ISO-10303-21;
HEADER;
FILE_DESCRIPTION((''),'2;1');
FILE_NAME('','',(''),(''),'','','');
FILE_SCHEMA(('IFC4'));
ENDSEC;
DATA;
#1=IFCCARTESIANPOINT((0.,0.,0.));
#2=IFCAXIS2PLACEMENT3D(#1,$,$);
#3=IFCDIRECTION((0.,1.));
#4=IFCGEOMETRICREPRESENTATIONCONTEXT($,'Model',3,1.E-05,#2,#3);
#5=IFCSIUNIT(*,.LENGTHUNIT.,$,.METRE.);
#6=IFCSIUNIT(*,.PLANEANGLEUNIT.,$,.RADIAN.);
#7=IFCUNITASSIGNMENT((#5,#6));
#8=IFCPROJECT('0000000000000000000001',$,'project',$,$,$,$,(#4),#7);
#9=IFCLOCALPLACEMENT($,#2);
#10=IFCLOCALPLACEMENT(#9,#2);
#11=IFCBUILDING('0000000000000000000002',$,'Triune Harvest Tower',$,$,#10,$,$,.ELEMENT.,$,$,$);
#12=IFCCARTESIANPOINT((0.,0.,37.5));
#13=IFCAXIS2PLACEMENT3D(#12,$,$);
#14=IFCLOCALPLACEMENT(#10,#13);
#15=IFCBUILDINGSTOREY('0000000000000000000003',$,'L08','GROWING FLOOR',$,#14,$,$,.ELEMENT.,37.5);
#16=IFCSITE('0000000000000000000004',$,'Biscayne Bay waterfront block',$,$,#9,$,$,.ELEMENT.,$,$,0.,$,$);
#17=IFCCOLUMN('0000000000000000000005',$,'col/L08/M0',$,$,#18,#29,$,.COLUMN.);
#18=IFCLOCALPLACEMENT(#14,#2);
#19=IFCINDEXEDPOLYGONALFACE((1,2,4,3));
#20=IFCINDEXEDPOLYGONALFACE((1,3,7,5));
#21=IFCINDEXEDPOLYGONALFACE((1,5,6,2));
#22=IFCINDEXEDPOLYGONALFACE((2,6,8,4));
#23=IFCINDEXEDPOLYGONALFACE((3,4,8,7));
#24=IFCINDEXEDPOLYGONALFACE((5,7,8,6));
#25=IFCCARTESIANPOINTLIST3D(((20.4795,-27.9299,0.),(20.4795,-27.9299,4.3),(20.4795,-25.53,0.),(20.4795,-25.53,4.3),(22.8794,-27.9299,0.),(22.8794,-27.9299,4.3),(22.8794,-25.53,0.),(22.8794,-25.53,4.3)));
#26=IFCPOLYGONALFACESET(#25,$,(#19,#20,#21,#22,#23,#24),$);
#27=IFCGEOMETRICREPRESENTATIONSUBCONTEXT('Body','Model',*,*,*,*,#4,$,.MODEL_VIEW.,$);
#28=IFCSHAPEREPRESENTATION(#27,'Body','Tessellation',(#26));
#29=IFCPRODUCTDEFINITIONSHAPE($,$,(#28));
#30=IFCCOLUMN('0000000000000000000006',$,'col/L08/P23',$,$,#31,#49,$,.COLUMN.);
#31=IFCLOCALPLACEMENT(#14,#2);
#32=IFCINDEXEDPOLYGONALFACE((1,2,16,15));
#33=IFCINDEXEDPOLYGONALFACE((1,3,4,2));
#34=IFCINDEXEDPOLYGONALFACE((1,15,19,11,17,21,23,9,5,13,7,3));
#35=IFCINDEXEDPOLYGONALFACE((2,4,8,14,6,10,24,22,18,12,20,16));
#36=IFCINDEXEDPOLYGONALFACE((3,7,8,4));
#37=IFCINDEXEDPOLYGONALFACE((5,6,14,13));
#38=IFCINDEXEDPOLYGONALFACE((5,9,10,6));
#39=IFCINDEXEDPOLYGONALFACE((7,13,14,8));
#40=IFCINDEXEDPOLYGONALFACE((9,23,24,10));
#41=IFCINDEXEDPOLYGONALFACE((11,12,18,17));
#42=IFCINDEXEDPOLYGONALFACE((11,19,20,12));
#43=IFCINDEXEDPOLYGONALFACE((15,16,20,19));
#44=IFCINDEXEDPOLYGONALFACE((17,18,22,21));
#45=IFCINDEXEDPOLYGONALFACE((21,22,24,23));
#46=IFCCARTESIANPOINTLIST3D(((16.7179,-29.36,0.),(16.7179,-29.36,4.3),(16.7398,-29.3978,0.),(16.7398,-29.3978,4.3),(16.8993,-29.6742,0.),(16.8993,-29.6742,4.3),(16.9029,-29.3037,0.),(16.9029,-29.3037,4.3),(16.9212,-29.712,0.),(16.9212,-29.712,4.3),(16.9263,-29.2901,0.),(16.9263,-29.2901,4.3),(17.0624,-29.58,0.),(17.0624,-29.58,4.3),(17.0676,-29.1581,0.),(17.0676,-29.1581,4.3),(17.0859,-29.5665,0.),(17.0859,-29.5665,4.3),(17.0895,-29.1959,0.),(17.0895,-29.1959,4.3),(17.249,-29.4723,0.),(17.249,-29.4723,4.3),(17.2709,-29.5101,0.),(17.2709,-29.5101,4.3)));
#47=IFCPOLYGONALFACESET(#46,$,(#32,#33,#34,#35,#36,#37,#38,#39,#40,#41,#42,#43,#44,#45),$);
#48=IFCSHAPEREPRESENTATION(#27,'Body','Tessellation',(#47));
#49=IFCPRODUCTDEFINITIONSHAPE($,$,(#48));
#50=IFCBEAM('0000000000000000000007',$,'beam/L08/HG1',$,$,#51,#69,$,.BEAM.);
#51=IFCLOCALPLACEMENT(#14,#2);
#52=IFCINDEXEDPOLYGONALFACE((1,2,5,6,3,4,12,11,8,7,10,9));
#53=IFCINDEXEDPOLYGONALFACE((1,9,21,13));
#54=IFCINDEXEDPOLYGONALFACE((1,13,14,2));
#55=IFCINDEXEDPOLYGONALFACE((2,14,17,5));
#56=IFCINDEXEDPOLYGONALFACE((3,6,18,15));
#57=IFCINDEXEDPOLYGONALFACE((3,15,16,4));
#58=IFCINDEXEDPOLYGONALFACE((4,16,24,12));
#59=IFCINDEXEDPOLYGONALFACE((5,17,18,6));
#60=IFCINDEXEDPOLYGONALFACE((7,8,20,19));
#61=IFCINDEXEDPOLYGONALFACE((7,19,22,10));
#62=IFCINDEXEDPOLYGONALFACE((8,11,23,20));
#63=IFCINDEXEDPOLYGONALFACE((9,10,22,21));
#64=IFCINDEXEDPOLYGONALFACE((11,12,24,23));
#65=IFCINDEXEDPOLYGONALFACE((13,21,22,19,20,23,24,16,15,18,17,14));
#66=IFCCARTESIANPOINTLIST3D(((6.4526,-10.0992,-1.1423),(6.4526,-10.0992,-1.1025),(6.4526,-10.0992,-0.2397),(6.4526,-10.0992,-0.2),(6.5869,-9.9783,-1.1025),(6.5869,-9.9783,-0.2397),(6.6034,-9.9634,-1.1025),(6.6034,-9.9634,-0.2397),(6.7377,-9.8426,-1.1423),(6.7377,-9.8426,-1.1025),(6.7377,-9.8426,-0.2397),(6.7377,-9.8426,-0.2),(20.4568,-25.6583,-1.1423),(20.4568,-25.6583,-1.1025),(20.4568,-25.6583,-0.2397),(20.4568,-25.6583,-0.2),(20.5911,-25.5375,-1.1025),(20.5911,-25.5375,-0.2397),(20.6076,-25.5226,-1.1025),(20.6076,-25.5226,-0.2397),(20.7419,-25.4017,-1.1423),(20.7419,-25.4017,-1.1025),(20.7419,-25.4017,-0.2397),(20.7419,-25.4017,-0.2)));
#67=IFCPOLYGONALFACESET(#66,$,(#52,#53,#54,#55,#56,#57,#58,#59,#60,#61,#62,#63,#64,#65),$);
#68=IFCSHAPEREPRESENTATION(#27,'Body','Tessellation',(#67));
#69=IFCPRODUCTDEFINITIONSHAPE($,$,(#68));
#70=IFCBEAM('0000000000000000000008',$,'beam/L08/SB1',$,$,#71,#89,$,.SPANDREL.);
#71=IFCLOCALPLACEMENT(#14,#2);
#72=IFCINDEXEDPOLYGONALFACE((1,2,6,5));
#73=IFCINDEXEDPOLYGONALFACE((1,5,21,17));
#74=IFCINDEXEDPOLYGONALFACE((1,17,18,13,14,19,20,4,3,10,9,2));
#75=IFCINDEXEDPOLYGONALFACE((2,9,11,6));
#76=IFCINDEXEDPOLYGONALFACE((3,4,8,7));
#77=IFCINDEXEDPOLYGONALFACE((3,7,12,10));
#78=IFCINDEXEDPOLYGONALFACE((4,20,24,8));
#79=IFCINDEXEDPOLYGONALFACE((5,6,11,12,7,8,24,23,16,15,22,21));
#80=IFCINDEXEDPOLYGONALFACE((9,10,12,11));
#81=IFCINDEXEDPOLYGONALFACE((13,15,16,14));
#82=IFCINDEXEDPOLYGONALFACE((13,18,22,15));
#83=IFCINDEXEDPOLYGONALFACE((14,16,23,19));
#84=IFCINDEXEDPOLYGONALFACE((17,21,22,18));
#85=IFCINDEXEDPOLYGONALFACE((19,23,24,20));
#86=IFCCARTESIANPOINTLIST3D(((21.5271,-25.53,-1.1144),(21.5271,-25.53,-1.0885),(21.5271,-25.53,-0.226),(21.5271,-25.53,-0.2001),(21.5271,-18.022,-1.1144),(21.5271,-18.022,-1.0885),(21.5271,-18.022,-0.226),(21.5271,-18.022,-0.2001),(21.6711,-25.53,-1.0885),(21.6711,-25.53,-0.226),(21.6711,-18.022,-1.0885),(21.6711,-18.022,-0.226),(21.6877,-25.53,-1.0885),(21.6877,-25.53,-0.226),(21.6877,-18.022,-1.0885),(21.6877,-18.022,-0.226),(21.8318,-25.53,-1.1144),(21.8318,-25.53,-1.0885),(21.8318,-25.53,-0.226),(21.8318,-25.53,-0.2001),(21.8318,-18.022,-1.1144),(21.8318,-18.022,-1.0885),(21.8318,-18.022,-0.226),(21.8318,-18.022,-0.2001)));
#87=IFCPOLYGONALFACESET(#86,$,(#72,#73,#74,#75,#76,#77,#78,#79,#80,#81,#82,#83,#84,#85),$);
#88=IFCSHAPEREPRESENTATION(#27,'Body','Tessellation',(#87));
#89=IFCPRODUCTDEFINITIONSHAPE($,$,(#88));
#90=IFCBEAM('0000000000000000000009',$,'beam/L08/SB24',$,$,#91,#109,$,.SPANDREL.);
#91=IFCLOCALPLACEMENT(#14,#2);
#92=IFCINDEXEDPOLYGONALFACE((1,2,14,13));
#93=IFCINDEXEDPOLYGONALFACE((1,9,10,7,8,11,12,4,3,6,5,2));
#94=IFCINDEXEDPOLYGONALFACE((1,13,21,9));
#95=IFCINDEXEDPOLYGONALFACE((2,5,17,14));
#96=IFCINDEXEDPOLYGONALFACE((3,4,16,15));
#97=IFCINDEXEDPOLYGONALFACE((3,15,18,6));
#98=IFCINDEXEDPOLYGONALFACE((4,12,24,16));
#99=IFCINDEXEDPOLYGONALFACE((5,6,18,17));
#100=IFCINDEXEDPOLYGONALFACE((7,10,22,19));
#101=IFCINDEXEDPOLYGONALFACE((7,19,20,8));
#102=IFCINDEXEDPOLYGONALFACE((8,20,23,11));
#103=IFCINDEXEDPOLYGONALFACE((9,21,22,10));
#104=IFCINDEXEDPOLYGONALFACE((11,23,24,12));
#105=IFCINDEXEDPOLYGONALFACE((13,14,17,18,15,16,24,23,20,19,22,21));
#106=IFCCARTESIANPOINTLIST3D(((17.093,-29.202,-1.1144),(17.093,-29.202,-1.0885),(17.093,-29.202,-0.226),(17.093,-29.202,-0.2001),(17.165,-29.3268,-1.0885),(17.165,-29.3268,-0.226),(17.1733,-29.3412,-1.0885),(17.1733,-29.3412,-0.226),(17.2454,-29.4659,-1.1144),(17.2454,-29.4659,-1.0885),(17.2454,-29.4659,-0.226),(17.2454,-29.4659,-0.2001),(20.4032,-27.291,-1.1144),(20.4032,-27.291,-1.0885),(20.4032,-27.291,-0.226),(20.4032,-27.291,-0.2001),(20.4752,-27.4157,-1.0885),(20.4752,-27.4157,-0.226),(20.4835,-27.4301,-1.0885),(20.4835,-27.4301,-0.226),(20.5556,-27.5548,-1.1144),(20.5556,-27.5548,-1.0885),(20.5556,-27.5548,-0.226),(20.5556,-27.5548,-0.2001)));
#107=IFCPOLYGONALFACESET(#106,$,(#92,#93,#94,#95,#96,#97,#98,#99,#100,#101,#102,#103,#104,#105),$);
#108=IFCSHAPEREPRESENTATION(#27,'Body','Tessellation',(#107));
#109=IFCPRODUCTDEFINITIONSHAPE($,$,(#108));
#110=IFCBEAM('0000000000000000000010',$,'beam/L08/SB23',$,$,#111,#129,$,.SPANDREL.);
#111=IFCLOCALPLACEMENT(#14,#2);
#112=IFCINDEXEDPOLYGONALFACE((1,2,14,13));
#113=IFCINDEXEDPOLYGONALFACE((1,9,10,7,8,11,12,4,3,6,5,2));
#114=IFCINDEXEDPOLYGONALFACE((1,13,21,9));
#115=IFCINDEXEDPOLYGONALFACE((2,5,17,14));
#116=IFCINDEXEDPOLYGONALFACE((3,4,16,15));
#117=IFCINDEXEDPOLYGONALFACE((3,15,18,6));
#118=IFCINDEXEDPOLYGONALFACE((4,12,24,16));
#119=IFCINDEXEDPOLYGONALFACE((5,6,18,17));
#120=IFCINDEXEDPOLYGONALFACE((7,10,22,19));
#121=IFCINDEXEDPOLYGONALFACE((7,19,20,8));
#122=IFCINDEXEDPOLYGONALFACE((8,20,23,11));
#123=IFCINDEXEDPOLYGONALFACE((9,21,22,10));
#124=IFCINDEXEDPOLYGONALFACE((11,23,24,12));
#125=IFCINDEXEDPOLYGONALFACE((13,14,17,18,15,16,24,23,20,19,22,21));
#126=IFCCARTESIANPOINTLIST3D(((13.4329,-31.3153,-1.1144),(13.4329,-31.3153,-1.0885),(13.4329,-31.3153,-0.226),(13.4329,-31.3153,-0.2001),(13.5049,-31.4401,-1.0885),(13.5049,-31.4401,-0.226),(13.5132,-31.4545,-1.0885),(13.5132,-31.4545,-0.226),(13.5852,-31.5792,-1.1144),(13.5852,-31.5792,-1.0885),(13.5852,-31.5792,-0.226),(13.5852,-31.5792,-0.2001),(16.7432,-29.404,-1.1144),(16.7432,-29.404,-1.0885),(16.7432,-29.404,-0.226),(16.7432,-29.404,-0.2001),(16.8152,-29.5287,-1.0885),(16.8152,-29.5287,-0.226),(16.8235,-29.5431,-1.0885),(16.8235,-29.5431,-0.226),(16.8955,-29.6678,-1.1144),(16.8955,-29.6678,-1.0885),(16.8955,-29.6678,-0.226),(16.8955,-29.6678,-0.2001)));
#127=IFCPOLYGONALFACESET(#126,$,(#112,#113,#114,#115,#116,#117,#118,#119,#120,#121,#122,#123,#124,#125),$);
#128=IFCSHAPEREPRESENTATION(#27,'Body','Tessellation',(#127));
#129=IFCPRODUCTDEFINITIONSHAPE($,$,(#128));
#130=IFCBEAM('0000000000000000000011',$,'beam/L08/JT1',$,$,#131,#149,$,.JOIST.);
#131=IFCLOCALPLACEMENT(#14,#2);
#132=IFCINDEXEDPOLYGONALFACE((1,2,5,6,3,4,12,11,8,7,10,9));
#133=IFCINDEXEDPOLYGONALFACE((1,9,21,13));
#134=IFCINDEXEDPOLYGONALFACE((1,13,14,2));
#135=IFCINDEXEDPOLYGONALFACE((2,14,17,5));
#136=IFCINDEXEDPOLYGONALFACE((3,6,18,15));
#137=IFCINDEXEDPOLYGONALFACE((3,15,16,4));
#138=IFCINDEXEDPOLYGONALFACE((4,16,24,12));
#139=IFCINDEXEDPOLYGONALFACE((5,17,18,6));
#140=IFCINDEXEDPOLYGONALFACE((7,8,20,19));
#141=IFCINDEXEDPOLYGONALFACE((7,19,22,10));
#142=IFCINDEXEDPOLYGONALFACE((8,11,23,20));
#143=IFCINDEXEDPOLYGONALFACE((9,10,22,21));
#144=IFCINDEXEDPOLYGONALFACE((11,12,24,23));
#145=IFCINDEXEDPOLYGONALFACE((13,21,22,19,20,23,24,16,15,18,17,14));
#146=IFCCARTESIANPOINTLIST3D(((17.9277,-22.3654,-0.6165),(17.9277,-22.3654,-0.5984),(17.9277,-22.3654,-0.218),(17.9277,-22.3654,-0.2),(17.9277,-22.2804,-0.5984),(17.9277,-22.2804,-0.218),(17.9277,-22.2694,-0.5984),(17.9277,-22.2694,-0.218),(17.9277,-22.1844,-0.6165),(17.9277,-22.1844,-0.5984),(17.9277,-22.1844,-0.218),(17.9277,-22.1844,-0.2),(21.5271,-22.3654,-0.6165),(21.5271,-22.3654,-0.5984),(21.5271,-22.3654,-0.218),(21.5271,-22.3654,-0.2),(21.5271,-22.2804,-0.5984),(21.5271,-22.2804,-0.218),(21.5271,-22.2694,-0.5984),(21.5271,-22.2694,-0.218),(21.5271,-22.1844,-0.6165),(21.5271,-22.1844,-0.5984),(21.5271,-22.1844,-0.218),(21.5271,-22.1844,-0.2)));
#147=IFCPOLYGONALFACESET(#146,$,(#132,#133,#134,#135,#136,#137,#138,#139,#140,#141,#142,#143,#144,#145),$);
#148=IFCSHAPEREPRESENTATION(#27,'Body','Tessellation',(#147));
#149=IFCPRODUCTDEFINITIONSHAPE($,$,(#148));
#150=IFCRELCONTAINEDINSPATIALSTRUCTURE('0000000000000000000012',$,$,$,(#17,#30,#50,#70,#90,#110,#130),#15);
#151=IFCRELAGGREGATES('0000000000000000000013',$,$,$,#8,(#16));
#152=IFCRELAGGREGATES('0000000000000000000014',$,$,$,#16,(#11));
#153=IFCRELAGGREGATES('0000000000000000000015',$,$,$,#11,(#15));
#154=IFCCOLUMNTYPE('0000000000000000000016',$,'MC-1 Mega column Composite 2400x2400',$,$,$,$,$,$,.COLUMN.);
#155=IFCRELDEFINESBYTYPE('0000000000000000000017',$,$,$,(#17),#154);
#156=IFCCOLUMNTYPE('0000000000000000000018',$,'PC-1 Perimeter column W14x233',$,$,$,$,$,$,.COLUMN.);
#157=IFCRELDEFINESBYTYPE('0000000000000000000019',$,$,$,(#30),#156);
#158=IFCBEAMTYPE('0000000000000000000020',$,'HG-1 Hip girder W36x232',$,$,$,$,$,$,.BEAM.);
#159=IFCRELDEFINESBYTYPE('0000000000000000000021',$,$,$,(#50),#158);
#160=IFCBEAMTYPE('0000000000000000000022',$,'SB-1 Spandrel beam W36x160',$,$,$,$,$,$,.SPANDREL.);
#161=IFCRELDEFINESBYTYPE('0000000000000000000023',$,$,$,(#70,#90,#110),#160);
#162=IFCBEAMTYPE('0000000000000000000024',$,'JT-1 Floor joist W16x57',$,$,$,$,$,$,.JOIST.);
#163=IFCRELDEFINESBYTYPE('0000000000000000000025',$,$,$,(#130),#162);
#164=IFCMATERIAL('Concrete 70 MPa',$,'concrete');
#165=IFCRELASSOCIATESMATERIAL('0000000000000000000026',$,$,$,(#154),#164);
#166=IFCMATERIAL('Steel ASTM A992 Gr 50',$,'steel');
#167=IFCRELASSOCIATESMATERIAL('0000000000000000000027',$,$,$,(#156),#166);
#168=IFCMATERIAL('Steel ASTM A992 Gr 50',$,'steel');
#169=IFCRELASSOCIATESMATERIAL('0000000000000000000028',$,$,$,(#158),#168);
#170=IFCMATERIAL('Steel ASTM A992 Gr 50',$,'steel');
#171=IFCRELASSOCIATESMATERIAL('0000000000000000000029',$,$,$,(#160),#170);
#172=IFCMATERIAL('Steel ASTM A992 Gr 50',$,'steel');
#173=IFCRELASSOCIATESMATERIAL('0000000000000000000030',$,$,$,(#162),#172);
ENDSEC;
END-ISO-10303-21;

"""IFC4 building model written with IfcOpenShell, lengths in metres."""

from ifc_helpers import new_model, si_unit, direction, frame, origin, origin_2d, place, context, subcontext, project, spatial, rectangle, i_section, extrude, source, transform, mapped, material, material_profile, profile_set, type_object, element, save


model = new_model("IFC4")

# Units and contexts
model_context = context("Model", 3, precision=1e-05, world=origin(), true_north=direction((0.0, 1.0)))
body_context = subcontext(model_context, "Body", "Model", "MODEL_VIEW")
ifc_project = project(units=[si_unit("LENGTHUNIT", "METRE"), si_unit("PLANEANGLEUNIT", "RADIAN")], contexts=[model_context])

# Site, building, storey
site_placement = place(None, origin())
site = spatial("IfcSite", under=ifc_project, at=site_placement, Name="Biscayne Bay waterfront block", CompositionType="ELEMENT", RefElevation=0.0)
building_placement = place(site_placement, origin())
building = spatial("IfcBuilding", under=site, at=building_placement, Name="Triune Harvest Tower", CompositionType="ELEMENT")
storey_placement = place(building_placement, frame((0.0, 0.0, 37.5)))
storey = spatial("IfcBuildingStorey", under=building, at=storey_placement, Name="L08", Description="GROWING FLOOR", CompositionType="ELEMENT", Elevation=37.5)

# Columns
ifc_material_1 = material(Name="Concrete 70 MPa", Category="concrete")
ifc_material_profile_1 = material_profile(ifc_material_1, rectangle(XDim=2.3999, YDim=2.3999, at=origin_2d()), Name="Composite 2400x2400")
ifc_profile_set_1 = profile_set([ifc_material_profile_1], Name="Concrete 70 MPa")
column_type_1 = type_object("IfcColumnType", Name="MC-1 Mega column Composite 2400x2400", PredefinedType="COLUMN", material=ifc_profile_set_1)
shared_shape_1 = source(origin(), body_context, "Body", "SweptSolid", [
    extrude(rectangle(XDim=2.3999, YDim=2.3999, at=origin_2d()), origin(), (0.0, 0.0, 1.0), 4.3),
])
column_1_placement = place(storey_placement, frame((21.6794, -26.73, 0.0), z_axis=(0.0, 0.0, 1.0), x_axis=(0.0, 1.0, 0.0)))
element("IfcColumn", 1, at=column_1_placement, inside=storey, type_object=column_type_1, Name="col/L08/M0", PredefinedType="COLUMN", context=body_context, shape_type="MappedRepresentation", body=[
    mapped(shared_shape_1, transform((0.0, 0.0, 0.0), scale=1.0)),
])
ifc_material_2 = material(Name="Steel ASTM A992 Gr 50", Category="steel")
ifc_material_profile_2 = material_profile(ifc_material_2, i_section(OverallWidth=0.4038, OverallDepth=0.4065, WebThickness=0.0271, FlangeThickness=0.0437, at=origin_2d()), Name="W14x233")
ifc_profile_set_2 = profile_set([ifc_material_profile_2], Name="Steel ASTM A992 Gr 50")
column_type_2 = type_object("IfcColumnType", Name="PC-1 Perimeter column W14x233", PredefinedType="COLUMN", material=ifc_profile_set_2)
shared_shape_2 = source(origin(), body_context, "Body", "SweptSolid", [
    extrude(i_section(OverallWidth=0.4038, OverallDepth=0.4065, WebThickness=0.0271, FlangeThickness=0.0437, at=origin_2d()), origin(), (0.0, 0.0, 1.0), 4.3),
])
column_2_placement = place(storey_placement, frame((16.9944, -29.4351, 0.0), z_axis=(0.0, 0.0, 1.0), x_axis=(0.866026, 0.499998, 0.0)))
element("IfcColumn", 2, at=column_2_placement, inside=storey, type_object=column_type_2, Name="col/L08/P23", PredefinedType="COLUMN", context=body_context, shape_type="MappedRepresentation", body=[
    mapped(shared_shape_2, transform((0.0, 0.0, 0.0), scale=1.0)),
])

# Beams
ifc_material_3 = material(Name="Steel ASTM A992 Gr 50", Category="steel")
ifc_material_profile_3 = material_profile(ifc_material_3, i_section(OverallWidth=0.3835, OverallDepth=0.9424, WebThickness=0.0222, FlangeThickness=0.0398, at=origin_2d()), Name="W36x232")
ifc_profile_set_3 = profile_set([ifc_material_profile_3], Name="Steel ASTM A992 Gr 50")
beam_type_1 = type_object("IfcBeamType", Name="HG-1 Hip girder W36x232", PredefinedType="BEAM", material=ifc_profile_set_3)
shared_shape_3 = source(origin(), body_context, "Body", "SweptSolid", [
    extrude(i_section(OverallWidth=0.3835, OverallDepth=0.9424, WebThickness=0.0222, FlangeThickness=0.0398, at=origin_2d()), origin(), (0.0, 0.0, 1.0), 20.9333),
])
beam_1_placement = place(storey_placement, frame((20.5994, -25.53, -0.6711), z_axis=(-0.668991, 0.743271, 0.0), x_axis=(-0.743271, -0.668991, 0.0)))
element("IfcBeam", 3, at=beam_1_placement, inside=storey, type_object=beam_type_1, Name="beam/L08/HG1", PredefinedType="BEAM", context=body_context, shape_type="MappedRepresentation", body=[
    mapped(shared_shape_3, transform((0.0, 0.0, 0.0), scale=1.0)),
])
ifc_material_4 = material(Name="Steel ASTM A992 Gr 50", Category="steel")
ifc_material_profile_4 = material_profile(ifc_material_4, i_section(OverallWidth=0.3047, OverallDepth=0.9143, WebThickness=0.0166, FlangeThickness=0.0259, at=origin_2d()), Name="W36x160")
ifc_profile_set_4 = profile_set([ifc_material_profile_4], Name="Steel ASTM A992 Gr 50")
beam_type_2 = type_object("IfcBeamType", Name="SB-1 Spandrel beam W36x160", PredefinedType="SPANDREL", material=ifc_profile_set_4)
shared_shape_4 = source(origin(), body_context, "Body", "SweptSolid", [
    extrude(i_section(OverallWidth=0.3047, OverallDepth=0.9143, WebThickness=0.0166, FlangeThickness=0.0259, at=origin_2d()), origin(), (0.0, 0.0, 1.0), 7.5081),
])
beam_2_placement = place(storey_placement, frame((21.6794, -25.53, -0.6572), z_axis=(0.0, 1.0, 0.0), x_axis=(-1.0, 0.0, 0.0)))
element("IfcBeam", 4, at=beam_2_placement, inside=storey, type_object=beam_type_2, Name="beam/L08/SB1", PredefinedType="SPANDREL", context=body_context, shape_type="MappedRepresentation", body=[
    mapped(shared_shape_4, transform((0.0, 0.0, 0.0), scale=1.0)),
])
shared_shape_5 = source(origin(), body_context, "Body", "SweptSolid", [
    extrude(i_section(OverallWidth=0.3047, OverallDepth=0.9143, WebThickness=0.0166, FlangeThickness=0.0259, at=origin_2d()), origin(), (0.0, 0.0, 1.0), 3.8223),
])
beam_3_placement = place(storey_placement, frame((17.1692, -29.334, -0.6572), z_axis=(0.866033, 0.499986, 0.0), x_axis=(-0.499986, 0.866033, 0.0)))
element("IfcBeam", 5, at=beam_3_placement, inside=storey, type_object=beam_type_2, Name="beam/L08/SB24", PredefinedType="SPANDREL", context=body_context, shape_type="MappedRepresentation", body=[
    mapped(shared_shape_5, transform((0.0, 0.0, 0.0), scale=1.0)),
])
shared_shape_6 = source(origin(), body_context, "Body", "SweptSolid", [
    extrude(i_section(OverallWidth=0.3047, OverallDepth=0.9143, WebThickness=0.0166, FlangeThickness=0.0259, at=origin_2d()), origin(), (0.0, 0.0, 1.0), 3.8225),
])
beam_4_placement = place(storey_placement, frame((13.509, -31.4473, -0.6572), z_axis=(0.866006, 0.500034, 0.0), x_axis=(-0.500034, 0.866006, 0.0)))
element("IfcBeam", 6, at=beam_4_placement, inside=storey, type_object=beam_type_2, Name="beam/L08/SB23", PredefinedType="SPANDREL", context=body_context, shape_type="MappedRepresentation", body=[
    mapped(shared_shape_6, transform((0.0, 0.0, 0.0), scale=1.0)),
])
ifc_material_5 = material(Name="Steel ASTM A992 Gr 50", Category="steel")
ifc_material_profile_5 = material_profile(ifc_material_5, i_section(OverallWidth=0.1809, OverallDepth=0.4165, WebThickness=0.011, FlangeThickness=0.0181, at=origin_2d()), Name="W16x57")
ifc_profile_set_5 = profile_set([ifc_material_profile_5], Name="Steel ASTM A992 Gr 50")
beam_type_3 = type_object("IfcBeamType", Name="JT-1 Floor joist W16x57", PredefinedType="JOIST", material=ifc_profile_set_5)
shared_shape_7 = source(origin(), body_context, "Body", "SweptSolid", [
    extrude(i_section(OverallWidth=0.1809, OverallDepth=0.4165, WebThickness=0.011, FlangeThickness=0.0181, at=origin_2d()), origin(), (0.0, 0.0, 1.0), 3.5994),
])
beam_5_placement = place(storey_placement, frame((21.5271, -22.2749, -0.4082), z_axis=(-1.0, 0.0, 0.0), x_axis=(0.0, -1.0, 0.0)))
element("IfcBeam", 7, at=beam_5_placement, inside=storey, type_object=beam_type_3, Name="beam/L08/JT1", PredefinedType="JOIST", context=body_context, shape_type="MappedRepresentation", body=[
    mapped(shared_shape_7, transform((0.0, 0.0, 0.0), scale=1.0)),
])

save(model, "model.ifc")
